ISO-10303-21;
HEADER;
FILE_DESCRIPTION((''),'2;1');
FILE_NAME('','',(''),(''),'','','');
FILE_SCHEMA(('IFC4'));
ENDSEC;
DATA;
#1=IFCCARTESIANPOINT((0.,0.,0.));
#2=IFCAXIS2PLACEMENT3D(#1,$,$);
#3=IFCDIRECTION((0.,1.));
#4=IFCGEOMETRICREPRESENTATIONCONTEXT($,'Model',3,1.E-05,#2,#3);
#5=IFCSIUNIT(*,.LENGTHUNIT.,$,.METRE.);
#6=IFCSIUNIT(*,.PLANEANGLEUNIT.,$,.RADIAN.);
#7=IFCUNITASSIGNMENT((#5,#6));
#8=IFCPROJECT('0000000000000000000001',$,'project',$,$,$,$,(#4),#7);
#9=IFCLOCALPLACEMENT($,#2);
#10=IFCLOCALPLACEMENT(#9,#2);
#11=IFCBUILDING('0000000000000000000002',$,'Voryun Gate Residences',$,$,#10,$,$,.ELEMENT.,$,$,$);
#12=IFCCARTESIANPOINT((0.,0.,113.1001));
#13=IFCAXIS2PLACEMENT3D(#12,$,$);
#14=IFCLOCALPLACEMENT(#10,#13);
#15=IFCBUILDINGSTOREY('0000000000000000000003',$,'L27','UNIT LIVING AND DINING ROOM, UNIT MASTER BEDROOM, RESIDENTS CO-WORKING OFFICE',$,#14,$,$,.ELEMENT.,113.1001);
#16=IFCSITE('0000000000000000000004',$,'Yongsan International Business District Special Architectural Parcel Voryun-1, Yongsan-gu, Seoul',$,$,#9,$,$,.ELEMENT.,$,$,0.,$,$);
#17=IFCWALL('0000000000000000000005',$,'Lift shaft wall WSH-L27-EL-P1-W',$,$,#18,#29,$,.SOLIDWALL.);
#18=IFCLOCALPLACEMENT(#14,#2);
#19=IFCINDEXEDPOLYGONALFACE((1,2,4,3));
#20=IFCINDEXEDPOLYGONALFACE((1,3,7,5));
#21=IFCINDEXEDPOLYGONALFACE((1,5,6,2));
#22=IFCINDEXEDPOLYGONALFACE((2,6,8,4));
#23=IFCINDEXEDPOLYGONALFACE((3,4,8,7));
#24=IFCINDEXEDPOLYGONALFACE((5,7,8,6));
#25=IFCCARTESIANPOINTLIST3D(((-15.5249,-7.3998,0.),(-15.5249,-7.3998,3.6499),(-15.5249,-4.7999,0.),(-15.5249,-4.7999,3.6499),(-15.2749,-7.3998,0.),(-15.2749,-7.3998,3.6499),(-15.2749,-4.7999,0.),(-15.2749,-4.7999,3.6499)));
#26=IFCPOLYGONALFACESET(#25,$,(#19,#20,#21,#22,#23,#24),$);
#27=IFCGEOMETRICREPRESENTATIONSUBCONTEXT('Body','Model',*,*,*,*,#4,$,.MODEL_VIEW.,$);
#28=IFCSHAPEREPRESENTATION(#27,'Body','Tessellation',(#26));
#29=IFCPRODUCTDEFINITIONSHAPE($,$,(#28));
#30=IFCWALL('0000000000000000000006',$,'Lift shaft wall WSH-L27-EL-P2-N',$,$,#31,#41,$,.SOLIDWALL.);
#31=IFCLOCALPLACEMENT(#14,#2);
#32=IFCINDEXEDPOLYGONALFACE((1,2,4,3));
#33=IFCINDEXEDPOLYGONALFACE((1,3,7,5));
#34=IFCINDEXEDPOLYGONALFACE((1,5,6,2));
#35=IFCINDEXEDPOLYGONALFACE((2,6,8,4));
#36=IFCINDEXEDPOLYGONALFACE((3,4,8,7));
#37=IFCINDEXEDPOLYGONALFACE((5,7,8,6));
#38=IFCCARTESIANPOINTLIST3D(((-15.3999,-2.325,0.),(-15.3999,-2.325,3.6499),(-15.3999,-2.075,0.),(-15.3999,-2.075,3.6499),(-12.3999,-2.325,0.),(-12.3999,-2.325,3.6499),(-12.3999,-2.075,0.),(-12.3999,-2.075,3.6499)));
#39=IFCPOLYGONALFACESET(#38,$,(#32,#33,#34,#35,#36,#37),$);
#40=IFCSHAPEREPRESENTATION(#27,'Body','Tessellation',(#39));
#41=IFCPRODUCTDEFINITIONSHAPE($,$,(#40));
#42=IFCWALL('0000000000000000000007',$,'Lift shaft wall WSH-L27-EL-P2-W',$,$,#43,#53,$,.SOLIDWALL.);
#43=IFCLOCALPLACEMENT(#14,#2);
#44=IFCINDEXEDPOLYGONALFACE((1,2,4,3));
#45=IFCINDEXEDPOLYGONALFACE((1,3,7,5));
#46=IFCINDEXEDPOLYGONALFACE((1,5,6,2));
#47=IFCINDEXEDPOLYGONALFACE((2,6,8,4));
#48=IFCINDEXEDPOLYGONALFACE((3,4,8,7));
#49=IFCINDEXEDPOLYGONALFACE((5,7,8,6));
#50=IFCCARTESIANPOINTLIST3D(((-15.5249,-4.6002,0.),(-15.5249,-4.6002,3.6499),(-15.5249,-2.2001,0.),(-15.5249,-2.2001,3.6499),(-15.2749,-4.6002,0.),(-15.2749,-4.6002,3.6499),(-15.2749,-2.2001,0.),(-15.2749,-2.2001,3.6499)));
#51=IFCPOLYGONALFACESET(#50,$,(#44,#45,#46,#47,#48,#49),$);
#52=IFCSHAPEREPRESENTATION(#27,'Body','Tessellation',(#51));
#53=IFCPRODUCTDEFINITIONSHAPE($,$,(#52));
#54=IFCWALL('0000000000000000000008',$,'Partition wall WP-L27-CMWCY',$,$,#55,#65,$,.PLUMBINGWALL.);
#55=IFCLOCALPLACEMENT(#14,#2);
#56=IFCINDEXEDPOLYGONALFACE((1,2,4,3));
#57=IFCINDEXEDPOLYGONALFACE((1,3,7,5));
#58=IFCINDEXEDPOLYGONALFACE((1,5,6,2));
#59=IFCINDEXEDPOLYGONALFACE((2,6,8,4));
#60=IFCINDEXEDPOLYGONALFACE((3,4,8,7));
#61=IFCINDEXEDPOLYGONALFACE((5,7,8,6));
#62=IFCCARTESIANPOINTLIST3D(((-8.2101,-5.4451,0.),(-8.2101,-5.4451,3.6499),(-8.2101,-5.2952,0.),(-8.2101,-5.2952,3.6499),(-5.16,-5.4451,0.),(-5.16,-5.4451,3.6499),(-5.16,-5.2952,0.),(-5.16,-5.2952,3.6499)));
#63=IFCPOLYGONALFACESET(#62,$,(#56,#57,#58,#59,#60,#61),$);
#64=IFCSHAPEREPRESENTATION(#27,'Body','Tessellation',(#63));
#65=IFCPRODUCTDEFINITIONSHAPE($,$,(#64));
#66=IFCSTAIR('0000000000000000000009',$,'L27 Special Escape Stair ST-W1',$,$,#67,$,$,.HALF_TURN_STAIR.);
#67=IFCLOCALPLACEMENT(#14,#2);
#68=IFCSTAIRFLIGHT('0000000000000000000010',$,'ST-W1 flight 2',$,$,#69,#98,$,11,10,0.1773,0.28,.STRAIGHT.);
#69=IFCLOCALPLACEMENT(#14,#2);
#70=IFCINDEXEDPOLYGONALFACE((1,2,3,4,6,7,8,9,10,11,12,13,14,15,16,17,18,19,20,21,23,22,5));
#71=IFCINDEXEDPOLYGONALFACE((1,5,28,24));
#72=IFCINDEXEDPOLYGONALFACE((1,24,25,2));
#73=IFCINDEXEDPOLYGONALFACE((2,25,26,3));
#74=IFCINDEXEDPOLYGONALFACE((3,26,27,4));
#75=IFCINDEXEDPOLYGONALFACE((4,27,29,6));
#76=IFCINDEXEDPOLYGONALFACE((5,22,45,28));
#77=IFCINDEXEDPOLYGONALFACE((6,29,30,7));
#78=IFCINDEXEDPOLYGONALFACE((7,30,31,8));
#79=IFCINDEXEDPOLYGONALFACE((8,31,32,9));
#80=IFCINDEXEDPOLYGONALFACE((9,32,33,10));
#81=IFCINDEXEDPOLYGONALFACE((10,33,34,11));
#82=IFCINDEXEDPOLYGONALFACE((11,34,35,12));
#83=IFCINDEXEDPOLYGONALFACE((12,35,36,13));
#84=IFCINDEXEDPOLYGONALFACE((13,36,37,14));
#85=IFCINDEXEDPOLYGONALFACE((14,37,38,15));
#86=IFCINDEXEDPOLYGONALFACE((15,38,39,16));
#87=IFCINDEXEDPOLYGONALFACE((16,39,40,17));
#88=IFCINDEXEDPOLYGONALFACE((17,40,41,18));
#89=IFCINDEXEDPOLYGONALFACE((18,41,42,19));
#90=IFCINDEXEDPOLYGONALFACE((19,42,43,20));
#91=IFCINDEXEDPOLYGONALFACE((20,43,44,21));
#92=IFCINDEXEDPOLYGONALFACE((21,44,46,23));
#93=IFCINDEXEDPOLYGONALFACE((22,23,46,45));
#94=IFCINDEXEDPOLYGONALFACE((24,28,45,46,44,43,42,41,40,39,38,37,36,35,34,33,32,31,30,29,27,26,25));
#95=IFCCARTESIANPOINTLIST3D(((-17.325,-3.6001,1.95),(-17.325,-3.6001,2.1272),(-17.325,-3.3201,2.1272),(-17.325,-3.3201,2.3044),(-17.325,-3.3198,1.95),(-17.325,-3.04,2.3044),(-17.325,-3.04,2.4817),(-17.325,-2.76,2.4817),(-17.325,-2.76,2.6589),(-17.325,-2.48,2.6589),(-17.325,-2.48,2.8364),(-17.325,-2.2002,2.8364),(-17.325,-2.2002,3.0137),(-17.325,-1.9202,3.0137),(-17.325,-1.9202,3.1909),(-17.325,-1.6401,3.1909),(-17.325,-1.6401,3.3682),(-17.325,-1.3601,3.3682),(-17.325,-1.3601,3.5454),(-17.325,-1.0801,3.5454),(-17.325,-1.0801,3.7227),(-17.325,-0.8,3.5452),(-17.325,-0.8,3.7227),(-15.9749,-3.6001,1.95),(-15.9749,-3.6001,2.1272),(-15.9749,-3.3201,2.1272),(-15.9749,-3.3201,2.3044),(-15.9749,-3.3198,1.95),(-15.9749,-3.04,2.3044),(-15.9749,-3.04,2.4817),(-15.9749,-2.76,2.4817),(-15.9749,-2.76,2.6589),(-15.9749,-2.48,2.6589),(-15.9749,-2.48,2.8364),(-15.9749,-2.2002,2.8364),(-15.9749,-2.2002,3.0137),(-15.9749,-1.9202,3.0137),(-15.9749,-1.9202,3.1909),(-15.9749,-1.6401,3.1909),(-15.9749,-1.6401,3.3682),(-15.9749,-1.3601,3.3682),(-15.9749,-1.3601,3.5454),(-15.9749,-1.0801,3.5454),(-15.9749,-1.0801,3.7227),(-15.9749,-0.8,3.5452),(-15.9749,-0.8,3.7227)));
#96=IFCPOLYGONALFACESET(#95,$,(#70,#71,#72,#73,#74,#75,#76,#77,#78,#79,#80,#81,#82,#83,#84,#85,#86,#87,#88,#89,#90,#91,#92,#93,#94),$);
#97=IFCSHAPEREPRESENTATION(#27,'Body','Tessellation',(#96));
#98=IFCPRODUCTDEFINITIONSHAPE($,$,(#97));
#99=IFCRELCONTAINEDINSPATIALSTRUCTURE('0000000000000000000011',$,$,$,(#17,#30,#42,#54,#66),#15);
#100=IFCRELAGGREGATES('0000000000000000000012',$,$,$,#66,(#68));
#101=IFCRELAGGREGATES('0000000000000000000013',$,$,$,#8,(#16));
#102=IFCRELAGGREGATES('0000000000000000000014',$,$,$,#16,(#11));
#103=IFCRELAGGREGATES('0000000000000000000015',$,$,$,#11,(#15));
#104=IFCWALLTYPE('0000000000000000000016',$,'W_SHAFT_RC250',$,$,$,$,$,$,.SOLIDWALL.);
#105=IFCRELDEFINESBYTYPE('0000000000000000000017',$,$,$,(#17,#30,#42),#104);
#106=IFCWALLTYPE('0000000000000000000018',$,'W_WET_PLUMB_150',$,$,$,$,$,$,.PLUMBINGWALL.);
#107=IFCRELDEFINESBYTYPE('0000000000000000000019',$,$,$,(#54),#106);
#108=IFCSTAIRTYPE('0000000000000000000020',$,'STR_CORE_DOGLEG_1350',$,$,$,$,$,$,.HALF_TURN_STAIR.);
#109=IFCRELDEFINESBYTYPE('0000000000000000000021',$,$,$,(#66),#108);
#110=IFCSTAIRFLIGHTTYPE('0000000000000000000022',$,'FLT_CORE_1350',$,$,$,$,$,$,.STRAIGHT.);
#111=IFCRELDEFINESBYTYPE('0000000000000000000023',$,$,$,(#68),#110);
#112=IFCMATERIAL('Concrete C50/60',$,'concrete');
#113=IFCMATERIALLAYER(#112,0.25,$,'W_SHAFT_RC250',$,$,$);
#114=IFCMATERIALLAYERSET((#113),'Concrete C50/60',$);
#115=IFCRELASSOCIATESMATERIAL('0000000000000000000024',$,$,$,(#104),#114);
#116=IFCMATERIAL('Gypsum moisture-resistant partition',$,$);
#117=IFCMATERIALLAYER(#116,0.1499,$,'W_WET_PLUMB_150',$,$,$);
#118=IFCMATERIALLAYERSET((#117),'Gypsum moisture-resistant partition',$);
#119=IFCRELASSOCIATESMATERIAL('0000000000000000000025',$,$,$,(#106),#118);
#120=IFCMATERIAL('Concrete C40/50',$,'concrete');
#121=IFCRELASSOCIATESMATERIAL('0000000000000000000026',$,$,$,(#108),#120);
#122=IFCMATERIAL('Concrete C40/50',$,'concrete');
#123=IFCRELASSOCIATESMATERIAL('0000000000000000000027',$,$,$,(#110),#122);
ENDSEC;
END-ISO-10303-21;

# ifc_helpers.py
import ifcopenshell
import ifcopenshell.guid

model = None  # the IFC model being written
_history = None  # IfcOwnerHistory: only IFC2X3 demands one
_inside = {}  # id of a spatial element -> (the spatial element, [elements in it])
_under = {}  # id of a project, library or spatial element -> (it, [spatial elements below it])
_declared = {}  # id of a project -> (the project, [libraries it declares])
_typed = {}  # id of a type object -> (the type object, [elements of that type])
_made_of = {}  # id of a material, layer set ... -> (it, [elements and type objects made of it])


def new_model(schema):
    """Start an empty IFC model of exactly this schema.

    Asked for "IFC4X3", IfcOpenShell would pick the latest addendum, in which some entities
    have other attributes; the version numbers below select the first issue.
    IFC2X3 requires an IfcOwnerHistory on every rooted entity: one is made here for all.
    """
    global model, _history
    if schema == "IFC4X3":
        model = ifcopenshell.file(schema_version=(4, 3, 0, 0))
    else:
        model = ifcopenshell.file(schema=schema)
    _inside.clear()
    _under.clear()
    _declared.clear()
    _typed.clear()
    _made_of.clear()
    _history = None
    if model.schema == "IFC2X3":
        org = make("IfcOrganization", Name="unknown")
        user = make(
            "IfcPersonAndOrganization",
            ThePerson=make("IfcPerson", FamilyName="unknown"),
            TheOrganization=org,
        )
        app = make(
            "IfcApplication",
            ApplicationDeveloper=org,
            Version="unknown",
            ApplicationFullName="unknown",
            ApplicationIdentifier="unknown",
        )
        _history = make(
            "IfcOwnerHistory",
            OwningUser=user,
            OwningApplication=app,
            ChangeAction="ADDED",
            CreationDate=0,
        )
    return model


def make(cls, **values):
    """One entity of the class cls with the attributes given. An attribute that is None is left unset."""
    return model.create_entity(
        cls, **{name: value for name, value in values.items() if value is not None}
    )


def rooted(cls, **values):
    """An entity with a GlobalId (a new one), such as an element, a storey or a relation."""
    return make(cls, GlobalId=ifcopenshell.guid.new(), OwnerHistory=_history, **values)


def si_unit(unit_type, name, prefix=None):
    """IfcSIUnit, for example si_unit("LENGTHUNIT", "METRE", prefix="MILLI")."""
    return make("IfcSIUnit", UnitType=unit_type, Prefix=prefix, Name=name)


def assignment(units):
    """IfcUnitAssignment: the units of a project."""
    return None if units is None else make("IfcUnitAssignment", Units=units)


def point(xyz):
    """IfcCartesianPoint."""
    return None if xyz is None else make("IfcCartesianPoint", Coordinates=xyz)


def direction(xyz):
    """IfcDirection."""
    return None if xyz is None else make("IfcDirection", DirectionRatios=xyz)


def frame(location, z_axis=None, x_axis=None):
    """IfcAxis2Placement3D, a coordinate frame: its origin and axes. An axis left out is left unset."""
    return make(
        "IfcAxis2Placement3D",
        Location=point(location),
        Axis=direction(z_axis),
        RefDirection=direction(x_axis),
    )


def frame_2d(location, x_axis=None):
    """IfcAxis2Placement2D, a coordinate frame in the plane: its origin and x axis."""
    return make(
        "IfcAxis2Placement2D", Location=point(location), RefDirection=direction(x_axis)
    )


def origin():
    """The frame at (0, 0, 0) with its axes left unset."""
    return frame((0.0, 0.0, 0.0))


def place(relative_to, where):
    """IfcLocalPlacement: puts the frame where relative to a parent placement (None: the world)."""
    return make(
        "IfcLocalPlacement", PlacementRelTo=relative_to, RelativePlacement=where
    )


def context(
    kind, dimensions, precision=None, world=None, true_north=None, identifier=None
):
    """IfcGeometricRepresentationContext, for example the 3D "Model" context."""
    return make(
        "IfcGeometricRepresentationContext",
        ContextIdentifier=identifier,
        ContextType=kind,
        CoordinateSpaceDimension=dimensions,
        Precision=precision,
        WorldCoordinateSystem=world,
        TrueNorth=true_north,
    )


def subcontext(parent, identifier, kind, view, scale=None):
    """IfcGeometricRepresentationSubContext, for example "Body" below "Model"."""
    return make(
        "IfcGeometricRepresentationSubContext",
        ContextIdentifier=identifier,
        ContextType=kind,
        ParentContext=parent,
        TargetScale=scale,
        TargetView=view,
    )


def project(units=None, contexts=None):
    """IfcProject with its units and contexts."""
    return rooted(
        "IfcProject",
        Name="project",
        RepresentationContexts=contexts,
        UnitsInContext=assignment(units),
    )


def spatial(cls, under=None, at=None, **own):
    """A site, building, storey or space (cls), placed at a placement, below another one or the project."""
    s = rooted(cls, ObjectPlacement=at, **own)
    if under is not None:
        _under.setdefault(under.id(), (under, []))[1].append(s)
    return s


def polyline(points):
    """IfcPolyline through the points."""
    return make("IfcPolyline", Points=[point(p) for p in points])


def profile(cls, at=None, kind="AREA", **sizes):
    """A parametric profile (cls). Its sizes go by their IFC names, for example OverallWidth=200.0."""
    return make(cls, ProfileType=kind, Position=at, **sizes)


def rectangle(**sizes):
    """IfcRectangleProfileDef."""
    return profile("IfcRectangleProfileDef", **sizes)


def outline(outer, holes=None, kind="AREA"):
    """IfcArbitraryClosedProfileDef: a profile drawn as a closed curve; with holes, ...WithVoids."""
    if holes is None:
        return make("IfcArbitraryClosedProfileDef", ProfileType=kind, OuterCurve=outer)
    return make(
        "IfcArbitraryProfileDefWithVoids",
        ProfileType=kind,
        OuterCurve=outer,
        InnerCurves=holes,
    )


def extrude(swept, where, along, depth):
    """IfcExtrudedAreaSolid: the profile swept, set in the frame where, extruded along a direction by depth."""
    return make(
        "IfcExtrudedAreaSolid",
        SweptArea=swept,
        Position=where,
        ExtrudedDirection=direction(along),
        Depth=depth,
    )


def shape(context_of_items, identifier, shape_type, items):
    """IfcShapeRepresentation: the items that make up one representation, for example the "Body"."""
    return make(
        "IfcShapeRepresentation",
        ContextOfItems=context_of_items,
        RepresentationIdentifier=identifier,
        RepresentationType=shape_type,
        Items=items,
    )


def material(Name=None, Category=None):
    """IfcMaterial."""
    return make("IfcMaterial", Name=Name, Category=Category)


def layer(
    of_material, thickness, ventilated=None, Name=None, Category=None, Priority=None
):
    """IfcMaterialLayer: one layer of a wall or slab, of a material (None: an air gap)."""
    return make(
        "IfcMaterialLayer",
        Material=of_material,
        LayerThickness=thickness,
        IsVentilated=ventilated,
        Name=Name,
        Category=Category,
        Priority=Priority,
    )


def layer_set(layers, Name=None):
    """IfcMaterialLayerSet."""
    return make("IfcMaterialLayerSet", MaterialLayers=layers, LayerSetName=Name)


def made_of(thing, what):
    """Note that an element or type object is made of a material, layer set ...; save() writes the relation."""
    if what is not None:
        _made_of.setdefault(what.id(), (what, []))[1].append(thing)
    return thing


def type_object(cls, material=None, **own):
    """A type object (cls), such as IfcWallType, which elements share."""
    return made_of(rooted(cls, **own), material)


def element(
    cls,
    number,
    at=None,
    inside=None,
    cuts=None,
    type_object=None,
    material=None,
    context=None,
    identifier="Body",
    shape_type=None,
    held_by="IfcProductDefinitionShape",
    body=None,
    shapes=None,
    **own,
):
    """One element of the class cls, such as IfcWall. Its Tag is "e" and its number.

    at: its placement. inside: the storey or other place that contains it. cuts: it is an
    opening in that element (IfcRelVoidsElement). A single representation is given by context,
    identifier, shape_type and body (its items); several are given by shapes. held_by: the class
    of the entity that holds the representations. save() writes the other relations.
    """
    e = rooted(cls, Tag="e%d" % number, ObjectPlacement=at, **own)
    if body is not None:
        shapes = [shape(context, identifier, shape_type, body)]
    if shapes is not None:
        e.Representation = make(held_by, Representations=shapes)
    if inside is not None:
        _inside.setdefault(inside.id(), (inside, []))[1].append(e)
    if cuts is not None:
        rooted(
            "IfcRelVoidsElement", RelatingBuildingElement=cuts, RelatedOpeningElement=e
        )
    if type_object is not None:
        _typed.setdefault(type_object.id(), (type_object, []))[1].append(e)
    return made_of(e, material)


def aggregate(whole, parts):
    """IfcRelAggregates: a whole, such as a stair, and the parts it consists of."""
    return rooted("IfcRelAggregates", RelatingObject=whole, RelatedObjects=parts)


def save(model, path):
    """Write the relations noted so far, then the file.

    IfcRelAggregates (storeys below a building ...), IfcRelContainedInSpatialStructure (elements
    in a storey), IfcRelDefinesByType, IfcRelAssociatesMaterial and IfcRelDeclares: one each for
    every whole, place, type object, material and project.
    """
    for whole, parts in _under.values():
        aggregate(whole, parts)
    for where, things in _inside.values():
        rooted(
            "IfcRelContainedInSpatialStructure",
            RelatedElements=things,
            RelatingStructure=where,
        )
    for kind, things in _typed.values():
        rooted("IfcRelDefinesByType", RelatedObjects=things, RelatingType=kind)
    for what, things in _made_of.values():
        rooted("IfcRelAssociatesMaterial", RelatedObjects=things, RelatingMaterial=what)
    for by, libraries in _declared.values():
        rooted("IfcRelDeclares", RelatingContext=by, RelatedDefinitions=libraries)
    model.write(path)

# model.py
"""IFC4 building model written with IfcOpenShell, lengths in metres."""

from ifc_helpers import new_model, si_unit, direction, frame, frame_2d, origin, place, context, subcontext, project, spatial, polyline, rectangle, outline, extrude, material, layer, layer_set, type_object, element, aggregate, save


model = new_model("IFC4")

# Units and contexts
model_context = context("Model", 3, precision=1e-05, world=origin(), true_north=direction((0.0, 1.0)))
body_context = subcontext(model_context, "Body", "Model", "MODEL_VIEW")
ifc_project = project(units=[si_unit("LENGTHUNIT", "METRE"), si_unit("PLANEANGLEUNIT", "RADIAN")], contexts=[model_context])

# Site, building, storey
site_placement = place(None, origin())
site = spatial("IfcSite", under=ifc_project, at=site_placement, Name="Yongsan International Business District Special Architectural Parcel Voryun-1, Yongsan-gu, Seoul", CompositionType="ELEMENT", RefElevation=0.0)
building_placement = place(site_placement, origin())
building = spatial("IfcBuilding", under=site, at=building_placement, Name="Voryun Gate Residences", CompositionType="ELEMENT")
storey_placement = place(building_placement, frame((0.0, 0.0, 113.1001)))
storey = spatial("IfcBuildingStorey", under=building, at=storey_placement, Name="L27", Description="UNIT LIVING AND DINING ROOM, UNIT MASTER BEDROOM, RESIDENTS CO-WORKING OFFICE", CompositionType="ELEMENT", Elevation=113.1001)

# Walls
ifc_material_1 = material(Name="Concrete C50/60", Category="concrete")
ifc_layer_1 = layer(ifc_material_1, 0.25, Name="W_SHAFT_RC250")
ifc_layer_set_1 = layer_set([ifc_layer_1], Name="Concrete C50/60")
wall_type_1 = type_object("IfcWallType", Name="W_SHAFT_RC250", PredefinedType="SOLIDWALL", material=ifc_layer_set_1)
wall_1_placement = place(storey_placement, frame((-15.3999, -4.8, 0.0), z_axis=(0.0, 0.0, 1.0), x_axis=(0.0, -1.0, 0.0)))
element("IfcWall", 1, at=wall_1_placement, inside=storey, type_object=wall_type_1, Name="Lift shaft wall WSH-L27-EL-P1-W", PredefinedType="SOLIDWALL", context=body_context, shape_type="SweptSolid", body=[
    extrude(rectangle(XDim=2.5999, YDim=0.25, at=frame_2d((1.2998, 0.0))), origin(), (0.0, 0.0, 1.0), 3.6499),
])
wall_2_placement = place(storey_placement, frame((-12.3999, -2.2, 0.0), z_axis=(0.0, 0.0, 1.0), x_axis=(-1.0, 0.0, 0.0)))
element("IfcWall", 2, at=wall_2_placement, inside=storey, type_object=wall_type_1, Name="Lift shaft wall WSH-L27-EL-P2-N", PredefinedType="SOLIDWALL", context=body_context, shape_type="SweptSolid", body=[
    extrude(rectangle(XDim=3.0, YDim=0.25, at=frame_2d((1.5, 0.0))), origin(), (0.0, 0.0, 1.0), 3.6499),
])
wall_3_placement = place(storey_placement, frame((-15.3999, -2.2, 0.0), z_axis=(0.0, 0.0, 1.0), x_axis=(0.0, -1.0, 0.0)))
element("IfcWall", 3, at=wall_3_placement, inside=storey, type_object=wall_type_1, Name="Lift shaft wall WSH-L27-EL-P2-W", PredefinedType="SOLIDWALL", context=body_context, shape_type="SweptSolid", body=[
    extrude(rectangle(XDim=2.4001, YDim=0.25, at=frame_2d((1.2002, 0.0))), origin(), (0.0, 0.0, 1.0), 3.6499),
])
ifc_material_2 = material(Name="Gypsum moisture-resistant partition")
ifc_layer_2 = layer(ifc_material_2, 0.1499, Name="W_WET_PLUMB_150")
ifc_layer_set_2 = layer_set([ifc_layer_2], Name="Gypsum moisture-resistant partition")
wall_type_2 = type_object("IfcWallType", Name="W_WET_PLUMB_150", PredefinedType="PLUMBINGWALL", material=ifc_layer_set_2)
wall_4_placement = place(storey_placement, frame((-8.21, -5.3701, 0.0), z_axis=(0.0, 0.0, 1.0), x_axis=(1.0, 0.0, 0.0)))
element("IfcWall", 4, at=wall_4_placement, inside=storey, type_object=wall_type_2, Name="Partition wall WP-L27-CMWCY", PredefinedType="PLUMBINGWALL", context=body_context, shape_type="SweptSolid", body=[
    extrude(rectangle(XDim=3.05, YDim=0.1499, at=frame_2d((1.5249, 0.0))), origin(), (0.0, 0.0, 1.0), 3.6499),
])

# Stair, stair flight
ifc_material_3 = material(Name="Concrete C40/50", Category="concrete")
stair_type = type_object("IfcStairType", Name="STR_CORE_DOGLEG_1350", PredefinedType="HALF_TURN_STAIR", material=ifc_material_3)
stair_placement = place(storey_placement, origin())
stair = element("IfcStair", 5, at=stair_placement, inside=storey, type_object=stair_type, Name="L27 Special Escape Stair ST-W1", PredefinedType="HALF_TURN_STAIR")
ifc_material_4 = material(Name="Concrete C40/50", Category="concrete")
stair_flight_type = type_object("IfcStairFlightType", Name="FLT_CORE_1350", PredefinedType="STRAIGHT", material=ifc_material_4)
stair_flight_placement = place(storey_placement, frame((-16.6499, -3.6001, 1.95), z_axis=(0.0, 0.0, 1.0), x_axis=(0.0, 1.0, 0.0)))
stair_flight = element("IfcStairFlight", 6, at=stair_flight_placement, type_object=stair_flight_type, Name="ST-W1 flight 2", NumberOfRisers=11, NumberOfTreads=10, PredefinedType="STRAIGHT", RiserHeight=0.1773, TreadLength=0.28, context=body_context, shape_type="SweptSolid", body=[
    extrude(outline(polyline([(0.0, 0.0), (0.0, 0.1772), (0.28, 0.1772), (0.28, 0.3545), (0.5601, 0.3545), (0.5601, 0.5317), (0.8401, 0.5317), (0.8401, 0.709), (1.1201, 0.709), (1.1201, 0.8865), (1.3999, 0.8865), (1.3999, 1.0637), (1.6799, 1.0637), (1.6799, 1.241), (1.96, 1.241), (1.96, 1.4182), (2.24, 1.4182), (2.24, 1.5955), (2.52, 1.5955), (2.52, 1.7727), (2.8, 1.7727), (2.8, 1.95), (2.8, 1.5952), (0.2803, 0.0), (0.0, 0.0)])), frame((0.0, 0.675, 0.0), z_axis=(0.0, -1.0, 0.0), x_axis=(1.0, 0.0, 0.0)), (0.0, 0.0, 1.0), 1.3501),
])
aggregate(stair, [stair_flight])

save(model, "model.ifc")
